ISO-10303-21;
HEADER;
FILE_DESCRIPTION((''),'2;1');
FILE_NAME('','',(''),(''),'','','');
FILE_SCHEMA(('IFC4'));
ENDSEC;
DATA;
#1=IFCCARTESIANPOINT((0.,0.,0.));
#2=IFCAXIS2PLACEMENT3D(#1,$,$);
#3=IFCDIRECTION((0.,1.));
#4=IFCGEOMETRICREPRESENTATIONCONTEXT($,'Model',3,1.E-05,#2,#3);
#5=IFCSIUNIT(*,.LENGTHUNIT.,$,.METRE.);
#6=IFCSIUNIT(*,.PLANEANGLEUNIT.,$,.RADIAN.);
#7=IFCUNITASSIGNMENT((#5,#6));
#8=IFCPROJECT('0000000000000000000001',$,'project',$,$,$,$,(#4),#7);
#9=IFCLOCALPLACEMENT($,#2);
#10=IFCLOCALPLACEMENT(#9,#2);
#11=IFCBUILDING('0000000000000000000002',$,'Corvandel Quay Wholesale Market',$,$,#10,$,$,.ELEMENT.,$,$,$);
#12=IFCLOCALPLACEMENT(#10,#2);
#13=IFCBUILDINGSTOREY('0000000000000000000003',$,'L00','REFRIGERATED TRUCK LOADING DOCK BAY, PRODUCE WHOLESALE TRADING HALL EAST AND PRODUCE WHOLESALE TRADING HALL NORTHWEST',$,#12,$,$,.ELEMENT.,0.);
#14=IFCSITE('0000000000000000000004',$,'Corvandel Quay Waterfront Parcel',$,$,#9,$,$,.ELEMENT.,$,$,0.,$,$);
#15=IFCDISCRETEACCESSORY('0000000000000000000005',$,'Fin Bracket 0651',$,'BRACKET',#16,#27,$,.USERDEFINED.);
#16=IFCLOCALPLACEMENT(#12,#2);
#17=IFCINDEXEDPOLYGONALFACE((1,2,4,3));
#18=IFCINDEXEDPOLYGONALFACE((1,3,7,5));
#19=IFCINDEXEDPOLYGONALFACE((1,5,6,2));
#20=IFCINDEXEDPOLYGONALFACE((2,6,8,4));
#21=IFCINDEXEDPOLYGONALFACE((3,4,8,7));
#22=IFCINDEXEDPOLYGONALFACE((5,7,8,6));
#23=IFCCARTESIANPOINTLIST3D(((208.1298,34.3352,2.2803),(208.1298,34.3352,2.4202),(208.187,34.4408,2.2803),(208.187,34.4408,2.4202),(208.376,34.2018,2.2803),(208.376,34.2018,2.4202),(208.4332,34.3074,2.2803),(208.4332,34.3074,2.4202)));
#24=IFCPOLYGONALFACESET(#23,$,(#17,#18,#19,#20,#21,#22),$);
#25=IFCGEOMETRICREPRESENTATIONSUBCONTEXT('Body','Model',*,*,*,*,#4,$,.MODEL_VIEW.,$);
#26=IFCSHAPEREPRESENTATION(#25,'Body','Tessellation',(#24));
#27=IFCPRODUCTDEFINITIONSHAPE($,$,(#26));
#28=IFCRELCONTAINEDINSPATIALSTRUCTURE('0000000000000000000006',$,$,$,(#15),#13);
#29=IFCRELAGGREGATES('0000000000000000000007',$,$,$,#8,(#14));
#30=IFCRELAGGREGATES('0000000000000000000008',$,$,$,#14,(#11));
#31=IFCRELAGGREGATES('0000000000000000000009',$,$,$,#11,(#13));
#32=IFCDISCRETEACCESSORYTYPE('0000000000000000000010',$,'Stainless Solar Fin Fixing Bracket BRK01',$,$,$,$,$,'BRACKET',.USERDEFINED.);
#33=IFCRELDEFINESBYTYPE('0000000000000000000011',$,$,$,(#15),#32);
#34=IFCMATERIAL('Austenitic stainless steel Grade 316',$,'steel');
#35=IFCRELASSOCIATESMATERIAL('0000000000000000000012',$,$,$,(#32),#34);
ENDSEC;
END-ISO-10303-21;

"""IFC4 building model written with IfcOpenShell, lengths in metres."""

from ifc_helpers import new_model, si_unit, direction, frame, origin, origin_2d, place, context, subcontext, project, spatial, rectangle, extrude, material, type_object, element, save


model = new_model("IFC4")

# Units and contexts
model_context = context("Model", 3, precision=1e-05, world=origin(), true_north=direction((0.0, 1.0)))
body_context = subcontext(model_context, "Body", "Model", "MODEL_VIEW")
ifc_project = project(units=[si_unit("LENGTHUNIT", "METRE"), si_unit("PLANEANGLEUNIT", "RADIAN")], contexts=[model_context])

# Site, building, storey
site_placement = place(None, origin())
site = spatial("IfcSite", under=ifc_project, at=site_placement, Name="Corvandel Quay Waterfront Parcel", CompositionType="ELEMENT", RefElevation=0.0)
building_placement = place(site_placement, origin())
building = spatial("IfcBuilding", under=site, at=building_placement, Name="Corvandel Quay Wholesale Market", CompositionType="ELEMENT")
storey_placement = place(building_placement, origin())
storey = spatial("IfcBuildingStorey", under=building, at=storey_placement, Name="L00", Description="REFRIGERATED TRUCK LOADING DOCK BAY, PRODUCE WHOLESALE TRADING HALL EAST AND PRODUCE WHOLESALE TRADING HALL NORTHWEST", CompositionType="ELEMENT", Elevation=0.0)

# Discrete accessory
ifc_material_1 = material(Name="Austenitic stainless steel Grade 316", Category="steel")
discrete_accessory_type = type_object("IfcDiscreteAccessoryType", Name="Stainless Solar Fin Fixing Bracket BRK01", ElementType="BRACKET", PredefinedType="USERDEFINED", material=ifc_material_1)
for number, where, z_axis, x_axis, name in (
    (1, (208.2815, 34.3213, 2.2803), (0.0, 0.0, 1.0), (-0.879316, 0.476238, 0.0), "Fin Bracket 0651"),
):
    element("IfcDiscreteAccessory", number, at=place(storey_placement, frame(where, z_axis=z_axis, x_axis=x_axis)), inside=storey, type_object=discrete_accessory_type, Name=name, ObjectType="BRACKET", PredefinedType="USERDEFINED", context=body_context, shape_type="SweptSolid", body=[
        extrude(rectangle(XDim=0.28, YDim=0.1201, at=origin_2d()), origin(), (0.0, 0.0, 1.0), 0.1399),
    ])

save(model, "model.ifc")
